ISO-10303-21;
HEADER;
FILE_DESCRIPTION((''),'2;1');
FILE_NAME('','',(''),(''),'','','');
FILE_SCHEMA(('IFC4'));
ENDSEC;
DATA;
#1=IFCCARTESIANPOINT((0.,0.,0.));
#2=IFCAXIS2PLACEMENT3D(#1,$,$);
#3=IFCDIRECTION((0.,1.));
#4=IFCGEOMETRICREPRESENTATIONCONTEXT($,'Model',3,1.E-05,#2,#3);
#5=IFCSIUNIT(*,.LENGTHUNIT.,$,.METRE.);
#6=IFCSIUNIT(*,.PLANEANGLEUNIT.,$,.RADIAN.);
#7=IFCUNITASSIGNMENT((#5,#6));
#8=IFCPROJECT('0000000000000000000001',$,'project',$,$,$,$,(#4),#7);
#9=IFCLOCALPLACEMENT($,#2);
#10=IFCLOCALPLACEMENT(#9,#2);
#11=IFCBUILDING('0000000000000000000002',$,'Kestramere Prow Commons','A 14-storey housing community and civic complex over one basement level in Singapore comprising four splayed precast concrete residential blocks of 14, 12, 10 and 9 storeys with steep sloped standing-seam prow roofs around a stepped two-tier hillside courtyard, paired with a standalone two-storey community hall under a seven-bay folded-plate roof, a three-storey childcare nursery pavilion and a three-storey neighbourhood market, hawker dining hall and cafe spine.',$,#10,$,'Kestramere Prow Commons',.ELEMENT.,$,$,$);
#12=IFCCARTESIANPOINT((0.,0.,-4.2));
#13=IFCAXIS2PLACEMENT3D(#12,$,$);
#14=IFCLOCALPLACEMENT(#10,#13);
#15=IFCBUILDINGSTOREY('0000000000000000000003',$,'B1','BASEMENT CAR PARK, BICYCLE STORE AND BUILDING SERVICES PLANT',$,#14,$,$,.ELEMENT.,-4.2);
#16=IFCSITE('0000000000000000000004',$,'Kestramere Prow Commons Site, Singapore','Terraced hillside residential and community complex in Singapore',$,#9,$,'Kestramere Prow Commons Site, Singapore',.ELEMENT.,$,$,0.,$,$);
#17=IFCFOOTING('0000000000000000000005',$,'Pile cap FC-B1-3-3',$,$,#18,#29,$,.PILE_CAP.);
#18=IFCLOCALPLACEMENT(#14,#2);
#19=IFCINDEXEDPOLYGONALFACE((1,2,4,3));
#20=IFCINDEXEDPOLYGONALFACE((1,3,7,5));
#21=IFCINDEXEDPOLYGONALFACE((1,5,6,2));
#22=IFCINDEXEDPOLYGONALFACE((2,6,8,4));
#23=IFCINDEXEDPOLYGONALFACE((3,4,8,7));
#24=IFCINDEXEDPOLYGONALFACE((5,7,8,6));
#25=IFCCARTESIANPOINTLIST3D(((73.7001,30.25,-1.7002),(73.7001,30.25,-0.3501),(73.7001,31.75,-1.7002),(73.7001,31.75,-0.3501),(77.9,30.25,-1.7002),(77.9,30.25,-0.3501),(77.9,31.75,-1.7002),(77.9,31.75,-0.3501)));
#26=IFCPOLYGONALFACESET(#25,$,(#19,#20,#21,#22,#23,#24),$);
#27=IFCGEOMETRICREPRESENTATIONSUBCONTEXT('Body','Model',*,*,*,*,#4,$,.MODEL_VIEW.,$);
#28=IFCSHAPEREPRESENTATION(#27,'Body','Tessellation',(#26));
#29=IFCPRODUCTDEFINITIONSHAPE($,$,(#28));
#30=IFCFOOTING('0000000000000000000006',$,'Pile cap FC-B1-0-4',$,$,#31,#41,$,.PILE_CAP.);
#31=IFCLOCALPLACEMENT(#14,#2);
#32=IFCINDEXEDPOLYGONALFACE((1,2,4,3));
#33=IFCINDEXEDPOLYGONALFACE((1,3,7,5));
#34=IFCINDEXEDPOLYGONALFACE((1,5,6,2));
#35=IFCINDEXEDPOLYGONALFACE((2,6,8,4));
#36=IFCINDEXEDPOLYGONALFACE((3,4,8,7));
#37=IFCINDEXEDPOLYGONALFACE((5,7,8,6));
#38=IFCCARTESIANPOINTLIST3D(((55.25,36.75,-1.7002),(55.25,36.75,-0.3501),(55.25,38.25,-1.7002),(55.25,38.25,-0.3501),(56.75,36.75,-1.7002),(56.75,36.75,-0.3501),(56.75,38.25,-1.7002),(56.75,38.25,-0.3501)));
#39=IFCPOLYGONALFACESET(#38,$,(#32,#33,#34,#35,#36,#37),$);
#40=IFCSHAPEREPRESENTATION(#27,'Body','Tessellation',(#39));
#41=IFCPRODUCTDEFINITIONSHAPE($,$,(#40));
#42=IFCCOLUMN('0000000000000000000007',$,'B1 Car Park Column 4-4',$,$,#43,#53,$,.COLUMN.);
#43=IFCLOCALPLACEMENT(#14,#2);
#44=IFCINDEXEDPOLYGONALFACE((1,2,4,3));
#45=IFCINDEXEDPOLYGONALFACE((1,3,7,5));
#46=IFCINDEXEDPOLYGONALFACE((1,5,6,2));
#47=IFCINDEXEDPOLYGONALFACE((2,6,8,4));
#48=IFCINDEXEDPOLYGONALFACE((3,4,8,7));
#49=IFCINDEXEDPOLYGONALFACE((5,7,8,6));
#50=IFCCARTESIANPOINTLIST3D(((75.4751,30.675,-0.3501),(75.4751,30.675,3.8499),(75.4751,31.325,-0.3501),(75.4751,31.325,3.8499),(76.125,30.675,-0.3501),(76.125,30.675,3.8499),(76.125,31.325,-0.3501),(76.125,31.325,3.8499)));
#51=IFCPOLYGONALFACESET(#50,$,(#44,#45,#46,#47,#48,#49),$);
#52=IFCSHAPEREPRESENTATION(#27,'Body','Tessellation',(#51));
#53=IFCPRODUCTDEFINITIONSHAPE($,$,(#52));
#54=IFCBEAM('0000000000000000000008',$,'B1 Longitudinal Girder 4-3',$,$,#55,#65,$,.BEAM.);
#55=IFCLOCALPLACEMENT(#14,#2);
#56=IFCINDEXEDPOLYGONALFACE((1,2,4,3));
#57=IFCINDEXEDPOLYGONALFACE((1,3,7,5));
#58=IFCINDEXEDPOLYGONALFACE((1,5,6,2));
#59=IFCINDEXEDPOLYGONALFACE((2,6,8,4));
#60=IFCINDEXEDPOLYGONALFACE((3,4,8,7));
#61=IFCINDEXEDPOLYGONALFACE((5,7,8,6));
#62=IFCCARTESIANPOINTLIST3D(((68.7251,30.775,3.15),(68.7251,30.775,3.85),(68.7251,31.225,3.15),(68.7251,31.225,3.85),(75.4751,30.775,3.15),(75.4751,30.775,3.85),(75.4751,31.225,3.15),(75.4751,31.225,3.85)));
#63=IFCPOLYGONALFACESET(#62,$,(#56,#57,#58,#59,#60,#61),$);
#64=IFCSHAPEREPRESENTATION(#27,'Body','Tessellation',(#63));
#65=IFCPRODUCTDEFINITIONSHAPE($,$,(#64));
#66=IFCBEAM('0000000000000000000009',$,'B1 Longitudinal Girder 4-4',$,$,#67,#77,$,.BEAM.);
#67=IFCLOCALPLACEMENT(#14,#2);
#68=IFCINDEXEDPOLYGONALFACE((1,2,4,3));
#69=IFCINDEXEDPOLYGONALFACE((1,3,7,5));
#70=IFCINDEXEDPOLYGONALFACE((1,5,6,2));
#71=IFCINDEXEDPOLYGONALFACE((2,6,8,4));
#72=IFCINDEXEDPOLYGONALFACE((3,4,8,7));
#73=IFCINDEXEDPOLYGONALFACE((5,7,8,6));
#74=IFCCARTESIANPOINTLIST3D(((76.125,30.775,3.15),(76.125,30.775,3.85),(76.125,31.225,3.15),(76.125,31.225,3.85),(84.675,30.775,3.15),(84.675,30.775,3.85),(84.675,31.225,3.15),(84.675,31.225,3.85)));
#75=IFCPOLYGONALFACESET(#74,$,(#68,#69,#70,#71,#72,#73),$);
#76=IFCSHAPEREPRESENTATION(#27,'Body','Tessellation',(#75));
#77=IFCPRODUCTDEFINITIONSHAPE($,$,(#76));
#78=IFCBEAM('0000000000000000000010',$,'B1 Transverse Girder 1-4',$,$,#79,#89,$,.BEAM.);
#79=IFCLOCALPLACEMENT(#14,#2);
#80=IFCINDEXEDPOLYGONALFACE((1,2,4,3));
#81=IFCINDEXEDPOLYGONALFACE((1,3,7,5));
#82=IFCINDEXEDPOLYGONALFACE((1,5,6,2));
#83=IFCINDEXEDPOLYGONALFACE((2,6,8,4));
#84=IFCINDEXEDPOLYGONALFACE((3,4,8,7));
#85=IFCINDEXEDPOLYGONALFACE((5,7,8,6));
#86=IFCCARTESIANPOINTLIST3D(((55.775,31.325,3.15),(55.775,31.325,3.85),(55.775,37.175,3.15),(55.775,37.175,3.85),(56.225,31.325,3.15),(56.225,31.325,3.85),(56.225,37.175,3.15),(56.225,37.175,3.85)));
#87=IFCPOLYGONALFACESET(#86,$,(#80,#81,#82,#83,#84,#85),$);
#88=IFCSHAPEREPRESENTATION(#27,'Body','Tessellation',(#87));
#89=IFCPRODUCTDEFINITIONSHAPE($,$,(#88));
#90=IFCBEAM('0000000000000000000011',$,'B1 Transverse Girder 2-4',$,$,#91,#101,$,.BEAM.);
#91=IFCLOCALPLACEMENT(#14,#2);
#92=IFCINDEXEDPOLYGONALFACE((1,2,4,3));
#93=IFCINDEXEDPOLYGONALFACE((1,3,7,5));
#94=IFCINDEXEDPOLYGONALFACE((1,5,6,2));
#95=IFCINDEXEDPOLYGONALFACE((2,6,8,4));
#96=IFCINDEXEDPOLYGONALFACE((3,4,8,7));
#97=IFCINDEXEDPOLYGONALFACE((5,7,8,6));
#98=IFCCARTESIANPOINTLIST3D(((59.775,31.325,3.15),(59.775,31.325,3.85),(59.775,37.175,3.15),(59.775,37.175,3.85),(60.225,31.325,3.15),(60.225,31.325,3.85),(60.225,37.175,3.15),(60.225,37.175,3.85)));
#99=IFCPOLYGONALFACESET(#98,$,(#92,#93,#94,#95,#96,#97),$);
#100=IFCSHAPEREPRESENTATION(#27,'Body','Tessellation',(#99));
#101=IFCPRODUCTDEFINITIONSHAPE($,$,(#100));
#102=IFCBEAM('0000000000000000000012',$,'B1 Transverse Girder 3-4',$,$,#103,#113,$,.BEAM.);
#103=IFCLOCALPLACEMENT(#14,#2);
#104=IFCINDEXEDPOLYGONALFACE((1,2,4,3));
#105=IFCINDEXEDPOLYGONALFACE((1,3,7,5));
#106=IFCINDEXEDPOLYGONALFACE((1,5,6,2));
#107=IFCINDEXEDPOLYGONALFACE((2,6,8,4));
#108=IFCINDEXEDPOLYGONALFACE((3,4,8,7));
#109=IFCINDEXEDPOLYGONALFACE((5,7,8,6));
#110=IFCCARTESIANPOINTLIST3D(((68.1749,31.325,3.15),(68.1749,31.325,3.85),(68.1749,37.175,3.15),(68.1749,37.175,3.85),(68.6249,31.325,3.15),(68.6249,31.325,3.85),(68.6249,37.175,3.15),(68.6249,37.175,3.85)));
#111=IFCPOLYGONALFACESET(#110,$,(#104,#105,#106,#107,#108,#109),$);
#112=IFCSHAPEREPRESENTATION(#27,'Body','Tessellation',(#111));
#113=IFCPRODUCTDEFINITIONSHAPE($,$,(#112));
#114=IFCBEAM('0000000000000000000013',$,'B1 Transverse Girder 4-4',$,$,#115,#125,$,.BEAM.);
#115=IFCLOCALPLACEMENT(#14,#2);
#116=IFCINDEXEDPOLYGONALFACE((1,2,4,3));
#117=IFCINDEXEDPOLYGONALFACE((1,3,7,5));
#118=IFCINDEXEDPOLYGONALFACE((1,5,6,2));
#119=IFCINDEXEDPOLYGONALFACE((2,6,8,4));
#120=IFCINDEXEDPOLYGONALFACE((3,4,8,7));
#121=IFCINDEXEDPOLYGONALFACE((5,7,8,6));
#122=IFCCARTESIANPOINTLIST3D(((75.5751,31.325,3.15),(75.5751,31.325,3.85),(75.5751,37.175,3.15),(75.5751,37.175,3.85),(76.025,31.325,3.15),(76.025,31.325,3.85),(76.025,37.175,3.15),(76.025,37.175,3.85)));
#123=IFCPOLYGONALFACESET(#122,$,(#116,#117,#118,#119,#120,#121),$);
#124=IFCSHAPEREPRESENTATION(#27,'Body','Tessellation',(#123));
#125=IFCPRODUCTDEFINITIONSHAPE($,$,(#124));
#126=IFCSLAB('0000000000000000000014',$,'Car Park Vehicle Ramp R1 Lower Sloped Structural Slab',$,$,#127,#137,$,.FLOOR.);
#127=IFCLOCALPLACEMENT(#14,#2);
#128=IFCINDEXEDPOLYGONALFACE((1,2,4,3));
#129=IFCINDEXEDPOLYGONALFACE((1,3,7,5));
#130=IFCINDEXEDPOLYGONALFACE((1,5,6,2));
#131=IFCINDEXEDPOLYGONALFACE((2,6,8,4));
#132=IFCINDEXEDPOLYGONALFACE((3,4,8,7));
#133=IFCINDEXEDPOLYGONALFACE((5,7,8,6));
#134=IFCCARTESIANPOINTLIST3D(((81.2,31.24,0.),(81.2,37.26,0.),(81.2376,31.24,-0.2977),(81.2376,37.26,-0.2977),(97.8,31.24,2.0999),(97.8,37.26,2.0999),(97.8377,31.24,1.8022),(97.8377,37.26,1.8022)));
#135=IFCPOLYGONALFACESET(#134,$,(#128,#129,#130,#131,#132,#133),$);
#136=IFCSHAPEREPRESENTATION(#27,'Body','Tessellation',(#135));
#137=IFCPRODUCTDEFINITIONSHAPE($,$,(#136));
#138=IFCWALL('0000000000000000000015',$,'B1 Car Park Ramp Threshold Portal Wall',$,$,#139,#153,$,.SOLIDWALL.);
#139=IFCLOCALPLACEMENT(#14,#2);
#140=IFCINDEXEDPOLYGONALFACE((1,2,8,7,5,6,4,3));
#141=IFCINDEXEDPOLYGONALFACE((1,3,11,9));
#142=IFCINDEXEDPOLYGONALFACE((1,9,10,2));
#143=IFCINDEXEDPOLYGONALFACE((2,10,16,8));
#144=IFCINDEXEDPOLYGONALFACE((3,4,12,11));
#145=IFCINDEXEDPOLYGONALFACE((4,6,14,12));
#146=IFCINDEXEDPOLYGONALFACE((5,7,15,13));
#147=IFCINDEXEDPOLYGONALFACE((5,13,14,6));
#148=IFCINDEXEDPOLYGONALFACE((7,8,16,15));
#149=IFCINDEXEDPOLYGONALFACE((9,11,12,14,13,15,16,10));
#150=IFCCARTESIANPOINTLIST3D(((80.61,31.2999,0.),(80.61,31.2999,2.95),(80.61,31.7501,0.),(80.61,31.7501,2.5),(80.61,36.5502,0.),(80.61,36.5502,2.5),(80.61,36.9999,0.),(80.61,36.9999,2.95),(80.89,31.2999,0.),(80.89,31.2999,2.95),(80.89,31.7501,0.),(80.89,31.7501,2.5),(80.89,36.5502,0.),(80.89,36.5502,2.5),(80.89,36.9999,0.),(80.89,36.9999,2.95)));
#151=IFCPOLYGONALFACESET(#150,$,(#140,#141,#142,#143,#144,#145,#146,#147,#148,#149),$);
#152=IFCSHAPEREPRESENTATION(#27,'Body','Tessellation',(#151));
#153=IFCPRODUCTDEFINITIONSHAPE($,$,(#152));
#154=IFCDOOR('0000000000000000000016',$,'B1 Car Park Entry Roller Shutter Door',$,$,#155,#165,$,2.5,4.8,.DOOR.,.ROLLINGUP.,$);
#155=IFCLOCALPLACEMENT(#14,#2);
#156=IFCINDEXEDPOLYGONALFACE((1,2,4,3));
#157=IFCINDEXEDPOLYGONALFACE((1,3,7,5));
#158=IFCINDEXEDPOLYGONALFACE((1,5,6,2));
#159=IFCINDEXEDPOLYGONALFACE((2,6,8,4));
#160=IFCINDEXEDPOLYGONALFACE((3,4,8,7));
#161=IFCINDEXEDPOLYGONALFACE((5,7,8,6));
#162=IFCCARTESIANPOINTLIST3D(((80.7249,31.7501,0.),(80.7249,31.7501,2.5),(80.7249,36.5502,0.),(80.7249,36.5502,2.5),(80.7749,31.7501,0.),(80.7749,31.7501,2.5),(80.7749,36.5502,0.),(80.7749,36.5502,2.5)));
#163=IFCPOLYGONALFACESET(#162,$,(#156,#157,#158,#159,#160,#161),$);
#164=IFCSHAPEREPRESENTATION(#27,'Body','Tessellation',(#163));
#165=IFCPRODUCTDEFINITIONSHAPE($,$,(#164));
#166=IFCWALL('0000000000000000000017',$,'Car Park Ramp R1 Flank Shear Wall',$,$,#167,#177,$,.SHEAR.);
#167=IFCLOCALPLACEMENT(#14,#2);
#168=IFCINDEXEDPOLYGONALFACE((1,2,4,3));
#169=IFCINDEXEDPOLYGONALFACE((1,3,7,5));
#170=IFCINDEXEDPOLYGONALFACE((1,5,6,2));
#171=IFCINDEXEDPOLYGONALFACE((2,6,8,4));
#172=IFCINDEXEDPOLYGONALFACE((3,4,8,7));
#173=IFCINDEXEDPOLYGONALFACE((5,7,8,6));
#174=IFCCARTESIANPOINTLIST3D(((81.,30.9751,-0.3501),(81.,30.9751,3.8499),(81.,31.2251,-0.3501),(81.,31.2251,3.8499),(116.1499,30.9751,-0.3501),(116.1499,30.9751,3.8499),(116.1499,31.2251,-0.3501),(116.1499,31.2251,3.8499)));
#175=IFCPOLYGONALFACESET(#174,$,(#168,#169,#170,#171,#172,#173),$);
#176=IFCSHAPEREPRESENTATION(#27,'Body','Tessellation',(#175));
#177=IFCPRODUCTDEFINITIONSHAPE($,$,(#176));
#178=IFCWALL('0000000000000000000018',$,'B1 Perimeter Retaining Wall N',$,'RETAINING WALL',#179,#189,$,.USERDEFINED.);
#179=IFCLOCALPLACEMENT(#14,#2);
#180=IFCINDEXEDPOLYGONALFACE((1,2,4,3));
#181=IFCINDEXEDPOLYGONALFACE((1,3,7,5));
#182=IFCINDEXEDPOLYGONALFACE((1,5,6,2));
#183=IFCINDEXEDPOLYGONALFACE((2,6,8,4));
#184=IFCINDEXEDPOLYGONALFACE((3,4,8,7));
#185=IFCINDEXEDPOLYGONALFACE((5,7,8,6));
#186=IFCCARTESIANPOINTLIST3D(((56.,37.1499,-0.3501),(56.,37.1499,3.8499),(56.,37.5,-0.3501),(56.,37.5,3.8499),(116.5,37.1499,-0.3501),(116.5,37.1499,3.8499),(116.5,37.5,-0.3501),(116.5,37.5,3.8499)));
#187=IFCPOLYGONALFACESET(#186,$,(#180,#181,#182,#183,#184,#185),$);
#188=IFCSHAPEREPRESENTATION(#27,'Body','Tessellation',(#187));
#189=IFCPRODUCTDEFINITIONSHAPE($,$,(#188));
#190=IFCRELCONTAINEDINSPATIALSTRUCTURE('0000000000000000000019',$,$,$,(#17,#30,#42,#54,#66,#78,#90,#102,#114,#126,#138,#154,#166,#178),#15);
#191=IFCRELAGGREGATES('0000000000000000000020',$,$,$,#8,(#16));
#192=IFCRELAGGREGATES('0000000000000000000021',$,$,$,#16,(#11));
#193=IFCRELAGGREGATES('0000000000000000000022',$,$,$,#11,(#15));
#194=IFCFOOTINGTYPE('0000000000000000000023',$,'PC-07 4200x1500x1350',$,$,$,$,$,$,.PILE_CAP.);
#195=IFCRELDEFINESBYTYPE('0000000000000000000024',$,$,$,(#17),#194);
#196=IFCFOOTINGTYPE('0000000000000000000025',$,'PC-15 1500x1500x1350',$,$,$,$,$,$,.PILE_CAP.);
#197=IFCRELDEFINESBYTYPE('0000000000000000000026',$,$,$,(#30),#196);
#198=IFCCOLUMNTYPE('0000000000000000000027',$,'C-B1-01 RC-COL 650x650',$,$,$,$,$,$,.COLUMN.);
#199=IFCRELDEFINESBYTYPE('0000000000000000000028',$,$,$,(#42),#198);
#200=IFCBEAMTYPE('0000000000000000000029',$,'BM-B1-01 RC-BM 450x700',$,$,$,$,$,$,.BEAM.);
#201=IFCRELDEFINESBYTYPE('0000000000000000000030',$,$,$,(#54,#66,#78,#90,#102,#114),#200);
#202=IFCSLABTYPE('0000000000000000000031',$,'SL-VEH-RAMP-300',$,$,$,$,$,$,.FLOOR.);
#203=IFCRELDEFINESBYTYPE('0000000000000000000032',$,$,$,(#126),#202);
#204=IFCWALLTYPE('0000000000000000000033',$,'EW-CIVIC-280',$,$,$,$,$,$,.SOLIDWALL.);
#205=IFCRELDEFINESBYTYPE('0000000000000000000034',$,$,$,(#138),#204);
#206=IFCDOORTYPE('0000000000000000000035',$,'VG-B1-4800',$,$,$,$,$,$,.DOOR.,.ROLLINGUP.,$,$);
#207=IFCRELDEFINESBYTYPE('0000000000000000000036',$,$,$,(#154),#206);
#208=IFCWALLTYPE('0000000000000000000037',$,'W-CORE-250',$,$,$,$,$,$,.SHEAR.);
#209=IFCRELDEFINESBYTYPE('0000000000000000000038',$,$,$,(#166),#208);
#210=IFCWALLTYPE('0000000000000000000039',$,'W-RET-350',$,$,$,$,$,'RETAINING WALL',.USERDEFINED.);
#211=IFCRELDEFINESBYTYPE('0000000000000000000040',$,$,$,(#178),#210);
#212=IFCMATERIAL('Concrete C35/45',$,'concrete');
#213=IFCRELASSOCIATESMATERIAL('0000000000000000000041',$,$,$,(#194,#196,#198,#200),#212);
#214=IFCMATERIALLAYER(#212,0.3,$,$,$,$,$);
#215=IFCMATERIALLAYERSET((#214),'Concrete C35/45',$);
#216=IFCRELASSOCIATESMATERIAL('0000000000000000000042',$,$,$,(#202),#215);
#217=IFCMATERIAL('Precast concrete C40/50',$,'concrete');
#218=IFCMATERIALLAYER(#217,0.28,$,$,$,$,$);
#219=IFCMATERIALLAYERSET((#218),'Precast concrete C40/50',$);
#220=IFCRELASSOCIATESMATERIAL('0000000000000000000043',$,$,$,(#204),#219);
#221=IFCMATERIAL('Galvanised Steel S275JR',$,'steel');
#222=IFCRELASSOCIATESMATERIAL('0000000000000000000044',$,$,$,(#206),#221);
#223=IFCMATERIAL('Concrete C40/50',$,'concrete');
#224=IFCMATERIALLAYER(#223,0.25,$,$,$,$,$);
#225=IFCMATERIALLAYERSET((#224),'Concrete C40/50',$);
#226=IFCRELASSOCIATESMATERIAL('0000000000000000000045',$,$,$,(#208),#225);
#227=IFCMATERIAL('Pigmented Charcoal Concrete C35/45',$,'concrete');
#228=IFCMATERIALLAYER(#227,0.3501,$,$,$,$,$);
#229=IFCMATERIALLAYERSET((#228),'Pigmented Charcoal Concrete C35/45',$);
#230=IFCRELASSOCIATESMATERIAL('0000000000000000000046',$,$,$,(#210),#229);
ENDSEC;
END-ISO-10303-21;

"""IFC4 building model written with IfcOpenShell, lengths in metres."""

from ifc_helpers import new_model, si_unit, direction, frame, frame_2d, origin, origin_2d, place, context, subcontext, project, spatial, polyline, rectangle, outline, extrude, material, layer, layer_set, material_profile, profile_set, type_object, element, fill, save


model = new_model("IFC4")

# Units and contexts
model_context = context("Model", 3, precision=1e-05, world=origin(), true_north=direction((0.0, 1.0)))
body_context = subcontext(model_context, "Body", "Model", "MODEL_VIEW")
ifc_project = project(units=[si_unit("LENGTHUNIT", "METRE"), si_unit("PLANEANGLEUNIT", "RADIAN")], contexts=[model_context])

# Site, building, storey
site_placement = place(None, origin())
site = spatial("IfcSite", under=ifc_project, at=site_placement, Name="Kestramere Prow Commons Site, Singapore", Description="Terraced hillside residential and community complex in Singapore", LongName="Kestramere Prow Commons Site, Singapore", CompositionType="ELEMENT", RefElevation=0.0)
building_placement = place(site_placement, origin())
building = spatial("IfcBuilding", under=site, at=building_placement, Name="Kestramere Prow Commons", Description="A 14-storey housing community and civic complex over one basement level in Singapore comprising four splayed precast concrete residential blocks of 14, 12, 10 and 9 storeys with steep sloped standing-seam prow roofs around a stepped two-tier hillside courtyard, paired with a standalone two-storey community hall under a seven-bay folded-plate roof, a three-storey childcare nursery pavilion and a three-storey neighbourhood market, hawker dining hall and cafe spine.", LongName="Kestramere Prow Commons", CompositionType="ELEMENT")
storey_placement = place(building_placement, frame((0.0, 0.0, -4.2)))
storey = spatial("IfcBuildingStorey", under=building, at=storey_placement, Name="B1", Description="BASEMENT CAR PARK, BICYCLE STORE AND BUILDING SERVICES PLANT", CompositionType="ELEMENT", Elevation=-4.2)

# Shared definitions
ifc_material_1 = material(Name="Concrete C35/45", Category="concrete")

# Footings
footing_type_1 = type_object("IfcFootingType", Name="PC-07 4200x1500x1350", PredefinedType="PILE_CAP", material=ifc_material_1)
footing_1_placement = place(storey_placement, frame((75.8, 31.0, -1.7002), z_axis=(0.0, 0.0, 1.0), x_axis=(1.0, 0.0, 0.0)))
element("IfcFooting", 1, at=footing_1_placement, inside=storey, type_object=footing_type_1, Name="Pile cap FC-B1-3-3", PredefinedType="PILE_CAP", context=body_context, shape_type="SweptSolid", body=[
    extrude(rectangle(XDim=4.2, YDim=1.5, at=origin_2d()), origin(), (0.0, 0.0, 1.0), 1.3501),
])
footing_type_2 = type_object("IfcFootingType", Name="PC-15 1500x1500x1350", PredefinedType="PILE_CAP", material=ifc_material_1)
footing_2_placement = place(storey_placement, frame((56.0, 37.5, -1.7002), z_axis=(0.0, 0.0, 1.0), x_axis=(1.0, 0.0, 0.0)))
element("IfcFooting", 2, at=footing_2_placement, inside=storey, type_object=footing_type_2, Name="Pile cap FC-B1-0-4", PredefinedType="PILE_CAP", context=body_context, shape_type="SweptSolid", body=[
    extrude(rectangle(XDim=1.5, YDim=1.5, at=origin_2d()), origin(), (0.0, 0.0, 1.0), 1.3501),
])

# Column
ifc_material_profile_1 = material_profile(ifc_material_1, rectangle(XDim=0.6499, YDim=0.6499, at=origin_2d()), Name="RC-COL 650x650")
ifc_profile_set_1 = profile_set([ifc_material_profile_1], Name="Concrete C35/45")
column_type = type_object("IfcColumnType", Name="C-B1-01 RC-COL 650x650", PredefinedType="COLUMN", material=ifc_profile_set_1)
column_placement = place(storey_placement, frame((75.8, 31.0, -0.3501), z_axis=(0.0, 0.0, 1.0), x_axis=(1.0, 0.0, 0.0)))
element("IfcColumn", 3, at=column_placement, inside=storey, type_object=column_type, Name="B1 Car Park Column 4-4", PredefinedType="COLUMN", context=body_context, shape_type="SweptSolid", body=[
    extrude(rectangle(XDim=0.6499, YDim=0.6499, at=origin_2d()), origin(), (0.0, 0.0, 1.0), 4.2),
])

# Beams
ifc_material_profile_2 = material_profile(ifc_material_1, rectangle(XDim=0.45, YDim=0.7, at=origin_2d()), Name="RC-BM 450x700")
ifc_profile_set_2 = profile_set([ifc_material_profile_2], Name="Concrete C35/45")
beam_type = type_object("IfcBeamType", Name="BM-B1-01 RC-BM 450x700", PredefinedType="BEAM", material=ifc_profile_set_2)
beam_1_placement = place(storey_placement, frame((68.7251, 31.0, 3.5), z_axis=(1.0, 0.0, 0.0), x_axis=(0.0, 1.0, 0.0)))
element("IfcBeam", 4, at=beam_1_placement, inside=storey, type_object=beam_type, Name="B1 Longitudinal Girder 4-3", PredefinedType="BEAM", context=body_context, shape_type="SweptSolid", body=[
    extrude(rectangle(XDim=0.45, YDim=0.7, at=origin_2d()), origin(), (0.0, 0.0, 1.0), 6.75),
])
beam_2_placement = place(storey_placement, frame((76.125, 31.0, 3.5), z_axis=(1.0, 0.0, 0.0), x_axis=(0.0, 1.0, 0.0)))
element("IfcBeam", 5, at=beam_2_placement, inside=storey, type_object=beam_type, Name="B1 Longitudinal Girder 4-4", PredefinedType="BEAM", context=body_context, shape_type="SweptSolid", body=[
    extrude(rectangle(XDim=0.45, YDim=0.7, at=origin_2d()), origin(), (0.0, 0.0, 1.0), 8.55),
])
for number, where, z_axis, x_axis, name in (
    (6, (56.0, 31.325, 3.5), (0.0, 1.0, 0.0), (-1.0, 0.0, 0.0), "B1 Transverse Girder 1-4"),
    (7, (60.0, 31.325, 3.5), (0.0, 1.0, 0.0), (-1.0, 0.0, 0.0), "B1 Transverse Girder 2-4"),
    (8, (68.3999, 31.325, 3.5), (0.0, 1.0, 0.0), (-1.0, 0.0, 0.0), "B1 Transverse Girder 3-4"),
    (9, (75.8, 31.325, 3.5), (0.0, 1.0, 0.0), (-1.0, 0.0, 0.0), "B1 Transverse Girder 4-4"),
):
    element("IfcBeam", number, at=place(storey_placement, frame(where, z_axis=z_axis, x_axis=x_axis)), inside=storey, type_object=beam_type, Name=name, PredefinedType="BEAM", context=body_context, shape_type="SweptSolid", body=[
        extrude(rectangle(XDim=0.45, YDim=0.7, at=origin_2d()), origin(), (0.0, 0.0, 1.0), 5.8501),
    ])

# Slab
ifc_layer_1 = layer(ifc_material_1, 0.3)
ifc_layer_set_1 = layer_set([ifc_layer_1], Name="Concrete C35/45")
slab_type = type_object("IfcSlabType", Name="SL-VEH-RAMP-300", PredefinedType="FLOOR", material=ifc_layer_set_1)
slab_placement = place(storey_placement, frame((81.2, 31.24, 0.0), z_axis=(-0.125496, 0.0, 0.992094), x_axis=(0.992094, 0.0, 0.125496)))
element("IfcSlab", 10, at=slab_placement, inside=storey, type_object=slab_type, Name="Car Park Vehicle Ramp R1 Lower Sloped Structural Slab", PredefinedType="FLOOR", context=body_context, shape_type="SweptSolid", body=[
    extrude(outline(polyline([(0.0, 0.0), (16.7324, 0.0), (16.7324, 6.02), (0.0, 6.02), (0.0, 0.0)])), origin(), (0.0, 0.0, -1.0), 0.3),
])

# Wall, opening, door
ifc_material_2 = material(Name="Precast concrete C40/50", Category="concrete")
ifc_layer_2 = layer(ifc_material_2, 0.28)
ifc_layer_set_2 = layer_set([ifc_layer_2], Name="Precast concrete C40/50")
wall_type_1 = type_object("IfcWallType", Name="EW-CIVIC-280", PredefinedType="SOLIDWALL", material=ifc_layer_set_2)
wall_1_placement = place(storey_placement, frame((80.75, 37.0, 0.0), z_axis=(0.0, 0.0, 1.0), x_axis=(0.0, -1.0, 0.0)))
wall_1 = element("IfcWall", 11, at=wall_1_placement, inside=storey, type_object=wall_type_1, Name="B1 Car Park Ramp Threshold Portal Wall", PredefinedType="SOLIDWALL", context=body_context, shape_type="SweptSolid", body=[
    extrude(rectangle(XDim=5.7, YDim=0.28, at=frame_2d((2.8501, 0.0))), origin(), (0.0, 0.0, 1.0), 2.95),
])
opening_placement = place(wall_1_placement, frame((0.45, 0.0, 0.0)))
opening = element("IfcOpeningElement", 12, at=opening_placement, cuts=wall_1, PredefinedType="OPENING", context=body_context, shape_type="SweptSolid", body=[
    extrude(rectangle(XDim=4.8, YDim=2.5, at=frame_2d((2.3999, 1.25))), frame((0.0, 0.155, 0.0), z_axis=(0.0, -1.0, 0.0), x_axis=(1.0, 0.0, 0.0)), (0.0, 0.0, 1.0), 0.3101),
])
ifc_material_3 = material(Name="Galvanised Steel S275JR", Category="steel")
door_type = type_object("IfcDoorType", Name="VG-B1-4800", OperationType="ROLLINGUP", PredefinedType="DOOR", material=ifc_material_3)
door_placement = place(opening_placement, origin())
door = element("IfcDoor", 13, at=door_placement, inside=storey, type_object=door_type, Name="B1 Car Park Entry Roller Shutter Door", OperationType="ROLLINGUP", OverallHeight=2.5, OverallWidth=4.8, PredefinedType="DOOR", context=body_context, shape_type="SweptSolid", body=[
    extrude(rectangle(XDim=4.8, YDim=2.5, at=frame_2d((2.3999, 1.25))), frame((0.0, 0.0249, 0.0), z_axis=(0.0, -1.0, 0.0), x_axis=(1.0, 0.0, 0.0)), (0.0, 0.0, 1.0), 0.05),
])
fill(opening, door)

# Walls
ifc_material_4 = material(Name="Concrete C40/50", Category="concrete")
ifc_layer_3 = layer(ifc_material_4, 0.25)
ifc_layer_set_3 = layer_set([ifc_layer_3], Name="Concrete C40/50")
wall_type_2 = type_object("IfcWallType", Name="W-CORE-250", PredefinedType="SHEAR", material=ifc_layer_set_3)
wall_2_placement = place(storey_placement, frame((81.0, 31.1001, -0.3501), z_axis=(0.0, 0.0, 1.0), x_axis=(1.0, 0.0, 0.0)))
element("IfcWall", 14, at=wall_2_placement, inside=storey, type_object=wall_type_2, Name="Car Park Ramp R1 Flank Shear Wall", PredefinedType="SHEAR", context=body_context, shape_type="SweptSolid", body=[
    extrude(rectangle(XDim=35.1499, YDim=0.25, at=frame_2d((17.575, 0.0))), origin(), (0.0, 0.0, 1.0), 4.2),
])
ifc_material_5 = material(Name="Pigmented Charcoal Concrete C35/45", Category="concrete")
ifc_layer_4 = layer(ifc_material_5, 0.3501)
ifc_layer_set_4 = layer_set([ifc_layer_4], Name="Pigmented Charcoal Concrete C35/45")
wall_type_3 = type_object("IfcWallType", Name="W-RET-350", ElementType="RETAINING WALL", PredefinedType="USERDEFINED", material=ifc_layer_set_4)
wall_3_placement = place(storey_placement, frame((56.0, 37.325, -0.3501), z_axis=(0.0, 0.0, 1.0), x_axis=(1.0, 0.0, 0.0)))
element("IfcWall", 15, at=wall_3_placement, inside=storey, type_object=wall_type_3, Name="B1 Perimeter Retaining Wall N", ObjectType="RETAINING WALL", PredefinedType="USERDEFINED", context=body_context, shape_type="SweptSolid", body=[
    extrude(rectangle(XDim=60.5, YDim=0.3501, at=frame_2d((30.25, 0.0))), origin(), (0.0, 0.0, 1.0), 4.2),
])

save(model, "model.ifc")
